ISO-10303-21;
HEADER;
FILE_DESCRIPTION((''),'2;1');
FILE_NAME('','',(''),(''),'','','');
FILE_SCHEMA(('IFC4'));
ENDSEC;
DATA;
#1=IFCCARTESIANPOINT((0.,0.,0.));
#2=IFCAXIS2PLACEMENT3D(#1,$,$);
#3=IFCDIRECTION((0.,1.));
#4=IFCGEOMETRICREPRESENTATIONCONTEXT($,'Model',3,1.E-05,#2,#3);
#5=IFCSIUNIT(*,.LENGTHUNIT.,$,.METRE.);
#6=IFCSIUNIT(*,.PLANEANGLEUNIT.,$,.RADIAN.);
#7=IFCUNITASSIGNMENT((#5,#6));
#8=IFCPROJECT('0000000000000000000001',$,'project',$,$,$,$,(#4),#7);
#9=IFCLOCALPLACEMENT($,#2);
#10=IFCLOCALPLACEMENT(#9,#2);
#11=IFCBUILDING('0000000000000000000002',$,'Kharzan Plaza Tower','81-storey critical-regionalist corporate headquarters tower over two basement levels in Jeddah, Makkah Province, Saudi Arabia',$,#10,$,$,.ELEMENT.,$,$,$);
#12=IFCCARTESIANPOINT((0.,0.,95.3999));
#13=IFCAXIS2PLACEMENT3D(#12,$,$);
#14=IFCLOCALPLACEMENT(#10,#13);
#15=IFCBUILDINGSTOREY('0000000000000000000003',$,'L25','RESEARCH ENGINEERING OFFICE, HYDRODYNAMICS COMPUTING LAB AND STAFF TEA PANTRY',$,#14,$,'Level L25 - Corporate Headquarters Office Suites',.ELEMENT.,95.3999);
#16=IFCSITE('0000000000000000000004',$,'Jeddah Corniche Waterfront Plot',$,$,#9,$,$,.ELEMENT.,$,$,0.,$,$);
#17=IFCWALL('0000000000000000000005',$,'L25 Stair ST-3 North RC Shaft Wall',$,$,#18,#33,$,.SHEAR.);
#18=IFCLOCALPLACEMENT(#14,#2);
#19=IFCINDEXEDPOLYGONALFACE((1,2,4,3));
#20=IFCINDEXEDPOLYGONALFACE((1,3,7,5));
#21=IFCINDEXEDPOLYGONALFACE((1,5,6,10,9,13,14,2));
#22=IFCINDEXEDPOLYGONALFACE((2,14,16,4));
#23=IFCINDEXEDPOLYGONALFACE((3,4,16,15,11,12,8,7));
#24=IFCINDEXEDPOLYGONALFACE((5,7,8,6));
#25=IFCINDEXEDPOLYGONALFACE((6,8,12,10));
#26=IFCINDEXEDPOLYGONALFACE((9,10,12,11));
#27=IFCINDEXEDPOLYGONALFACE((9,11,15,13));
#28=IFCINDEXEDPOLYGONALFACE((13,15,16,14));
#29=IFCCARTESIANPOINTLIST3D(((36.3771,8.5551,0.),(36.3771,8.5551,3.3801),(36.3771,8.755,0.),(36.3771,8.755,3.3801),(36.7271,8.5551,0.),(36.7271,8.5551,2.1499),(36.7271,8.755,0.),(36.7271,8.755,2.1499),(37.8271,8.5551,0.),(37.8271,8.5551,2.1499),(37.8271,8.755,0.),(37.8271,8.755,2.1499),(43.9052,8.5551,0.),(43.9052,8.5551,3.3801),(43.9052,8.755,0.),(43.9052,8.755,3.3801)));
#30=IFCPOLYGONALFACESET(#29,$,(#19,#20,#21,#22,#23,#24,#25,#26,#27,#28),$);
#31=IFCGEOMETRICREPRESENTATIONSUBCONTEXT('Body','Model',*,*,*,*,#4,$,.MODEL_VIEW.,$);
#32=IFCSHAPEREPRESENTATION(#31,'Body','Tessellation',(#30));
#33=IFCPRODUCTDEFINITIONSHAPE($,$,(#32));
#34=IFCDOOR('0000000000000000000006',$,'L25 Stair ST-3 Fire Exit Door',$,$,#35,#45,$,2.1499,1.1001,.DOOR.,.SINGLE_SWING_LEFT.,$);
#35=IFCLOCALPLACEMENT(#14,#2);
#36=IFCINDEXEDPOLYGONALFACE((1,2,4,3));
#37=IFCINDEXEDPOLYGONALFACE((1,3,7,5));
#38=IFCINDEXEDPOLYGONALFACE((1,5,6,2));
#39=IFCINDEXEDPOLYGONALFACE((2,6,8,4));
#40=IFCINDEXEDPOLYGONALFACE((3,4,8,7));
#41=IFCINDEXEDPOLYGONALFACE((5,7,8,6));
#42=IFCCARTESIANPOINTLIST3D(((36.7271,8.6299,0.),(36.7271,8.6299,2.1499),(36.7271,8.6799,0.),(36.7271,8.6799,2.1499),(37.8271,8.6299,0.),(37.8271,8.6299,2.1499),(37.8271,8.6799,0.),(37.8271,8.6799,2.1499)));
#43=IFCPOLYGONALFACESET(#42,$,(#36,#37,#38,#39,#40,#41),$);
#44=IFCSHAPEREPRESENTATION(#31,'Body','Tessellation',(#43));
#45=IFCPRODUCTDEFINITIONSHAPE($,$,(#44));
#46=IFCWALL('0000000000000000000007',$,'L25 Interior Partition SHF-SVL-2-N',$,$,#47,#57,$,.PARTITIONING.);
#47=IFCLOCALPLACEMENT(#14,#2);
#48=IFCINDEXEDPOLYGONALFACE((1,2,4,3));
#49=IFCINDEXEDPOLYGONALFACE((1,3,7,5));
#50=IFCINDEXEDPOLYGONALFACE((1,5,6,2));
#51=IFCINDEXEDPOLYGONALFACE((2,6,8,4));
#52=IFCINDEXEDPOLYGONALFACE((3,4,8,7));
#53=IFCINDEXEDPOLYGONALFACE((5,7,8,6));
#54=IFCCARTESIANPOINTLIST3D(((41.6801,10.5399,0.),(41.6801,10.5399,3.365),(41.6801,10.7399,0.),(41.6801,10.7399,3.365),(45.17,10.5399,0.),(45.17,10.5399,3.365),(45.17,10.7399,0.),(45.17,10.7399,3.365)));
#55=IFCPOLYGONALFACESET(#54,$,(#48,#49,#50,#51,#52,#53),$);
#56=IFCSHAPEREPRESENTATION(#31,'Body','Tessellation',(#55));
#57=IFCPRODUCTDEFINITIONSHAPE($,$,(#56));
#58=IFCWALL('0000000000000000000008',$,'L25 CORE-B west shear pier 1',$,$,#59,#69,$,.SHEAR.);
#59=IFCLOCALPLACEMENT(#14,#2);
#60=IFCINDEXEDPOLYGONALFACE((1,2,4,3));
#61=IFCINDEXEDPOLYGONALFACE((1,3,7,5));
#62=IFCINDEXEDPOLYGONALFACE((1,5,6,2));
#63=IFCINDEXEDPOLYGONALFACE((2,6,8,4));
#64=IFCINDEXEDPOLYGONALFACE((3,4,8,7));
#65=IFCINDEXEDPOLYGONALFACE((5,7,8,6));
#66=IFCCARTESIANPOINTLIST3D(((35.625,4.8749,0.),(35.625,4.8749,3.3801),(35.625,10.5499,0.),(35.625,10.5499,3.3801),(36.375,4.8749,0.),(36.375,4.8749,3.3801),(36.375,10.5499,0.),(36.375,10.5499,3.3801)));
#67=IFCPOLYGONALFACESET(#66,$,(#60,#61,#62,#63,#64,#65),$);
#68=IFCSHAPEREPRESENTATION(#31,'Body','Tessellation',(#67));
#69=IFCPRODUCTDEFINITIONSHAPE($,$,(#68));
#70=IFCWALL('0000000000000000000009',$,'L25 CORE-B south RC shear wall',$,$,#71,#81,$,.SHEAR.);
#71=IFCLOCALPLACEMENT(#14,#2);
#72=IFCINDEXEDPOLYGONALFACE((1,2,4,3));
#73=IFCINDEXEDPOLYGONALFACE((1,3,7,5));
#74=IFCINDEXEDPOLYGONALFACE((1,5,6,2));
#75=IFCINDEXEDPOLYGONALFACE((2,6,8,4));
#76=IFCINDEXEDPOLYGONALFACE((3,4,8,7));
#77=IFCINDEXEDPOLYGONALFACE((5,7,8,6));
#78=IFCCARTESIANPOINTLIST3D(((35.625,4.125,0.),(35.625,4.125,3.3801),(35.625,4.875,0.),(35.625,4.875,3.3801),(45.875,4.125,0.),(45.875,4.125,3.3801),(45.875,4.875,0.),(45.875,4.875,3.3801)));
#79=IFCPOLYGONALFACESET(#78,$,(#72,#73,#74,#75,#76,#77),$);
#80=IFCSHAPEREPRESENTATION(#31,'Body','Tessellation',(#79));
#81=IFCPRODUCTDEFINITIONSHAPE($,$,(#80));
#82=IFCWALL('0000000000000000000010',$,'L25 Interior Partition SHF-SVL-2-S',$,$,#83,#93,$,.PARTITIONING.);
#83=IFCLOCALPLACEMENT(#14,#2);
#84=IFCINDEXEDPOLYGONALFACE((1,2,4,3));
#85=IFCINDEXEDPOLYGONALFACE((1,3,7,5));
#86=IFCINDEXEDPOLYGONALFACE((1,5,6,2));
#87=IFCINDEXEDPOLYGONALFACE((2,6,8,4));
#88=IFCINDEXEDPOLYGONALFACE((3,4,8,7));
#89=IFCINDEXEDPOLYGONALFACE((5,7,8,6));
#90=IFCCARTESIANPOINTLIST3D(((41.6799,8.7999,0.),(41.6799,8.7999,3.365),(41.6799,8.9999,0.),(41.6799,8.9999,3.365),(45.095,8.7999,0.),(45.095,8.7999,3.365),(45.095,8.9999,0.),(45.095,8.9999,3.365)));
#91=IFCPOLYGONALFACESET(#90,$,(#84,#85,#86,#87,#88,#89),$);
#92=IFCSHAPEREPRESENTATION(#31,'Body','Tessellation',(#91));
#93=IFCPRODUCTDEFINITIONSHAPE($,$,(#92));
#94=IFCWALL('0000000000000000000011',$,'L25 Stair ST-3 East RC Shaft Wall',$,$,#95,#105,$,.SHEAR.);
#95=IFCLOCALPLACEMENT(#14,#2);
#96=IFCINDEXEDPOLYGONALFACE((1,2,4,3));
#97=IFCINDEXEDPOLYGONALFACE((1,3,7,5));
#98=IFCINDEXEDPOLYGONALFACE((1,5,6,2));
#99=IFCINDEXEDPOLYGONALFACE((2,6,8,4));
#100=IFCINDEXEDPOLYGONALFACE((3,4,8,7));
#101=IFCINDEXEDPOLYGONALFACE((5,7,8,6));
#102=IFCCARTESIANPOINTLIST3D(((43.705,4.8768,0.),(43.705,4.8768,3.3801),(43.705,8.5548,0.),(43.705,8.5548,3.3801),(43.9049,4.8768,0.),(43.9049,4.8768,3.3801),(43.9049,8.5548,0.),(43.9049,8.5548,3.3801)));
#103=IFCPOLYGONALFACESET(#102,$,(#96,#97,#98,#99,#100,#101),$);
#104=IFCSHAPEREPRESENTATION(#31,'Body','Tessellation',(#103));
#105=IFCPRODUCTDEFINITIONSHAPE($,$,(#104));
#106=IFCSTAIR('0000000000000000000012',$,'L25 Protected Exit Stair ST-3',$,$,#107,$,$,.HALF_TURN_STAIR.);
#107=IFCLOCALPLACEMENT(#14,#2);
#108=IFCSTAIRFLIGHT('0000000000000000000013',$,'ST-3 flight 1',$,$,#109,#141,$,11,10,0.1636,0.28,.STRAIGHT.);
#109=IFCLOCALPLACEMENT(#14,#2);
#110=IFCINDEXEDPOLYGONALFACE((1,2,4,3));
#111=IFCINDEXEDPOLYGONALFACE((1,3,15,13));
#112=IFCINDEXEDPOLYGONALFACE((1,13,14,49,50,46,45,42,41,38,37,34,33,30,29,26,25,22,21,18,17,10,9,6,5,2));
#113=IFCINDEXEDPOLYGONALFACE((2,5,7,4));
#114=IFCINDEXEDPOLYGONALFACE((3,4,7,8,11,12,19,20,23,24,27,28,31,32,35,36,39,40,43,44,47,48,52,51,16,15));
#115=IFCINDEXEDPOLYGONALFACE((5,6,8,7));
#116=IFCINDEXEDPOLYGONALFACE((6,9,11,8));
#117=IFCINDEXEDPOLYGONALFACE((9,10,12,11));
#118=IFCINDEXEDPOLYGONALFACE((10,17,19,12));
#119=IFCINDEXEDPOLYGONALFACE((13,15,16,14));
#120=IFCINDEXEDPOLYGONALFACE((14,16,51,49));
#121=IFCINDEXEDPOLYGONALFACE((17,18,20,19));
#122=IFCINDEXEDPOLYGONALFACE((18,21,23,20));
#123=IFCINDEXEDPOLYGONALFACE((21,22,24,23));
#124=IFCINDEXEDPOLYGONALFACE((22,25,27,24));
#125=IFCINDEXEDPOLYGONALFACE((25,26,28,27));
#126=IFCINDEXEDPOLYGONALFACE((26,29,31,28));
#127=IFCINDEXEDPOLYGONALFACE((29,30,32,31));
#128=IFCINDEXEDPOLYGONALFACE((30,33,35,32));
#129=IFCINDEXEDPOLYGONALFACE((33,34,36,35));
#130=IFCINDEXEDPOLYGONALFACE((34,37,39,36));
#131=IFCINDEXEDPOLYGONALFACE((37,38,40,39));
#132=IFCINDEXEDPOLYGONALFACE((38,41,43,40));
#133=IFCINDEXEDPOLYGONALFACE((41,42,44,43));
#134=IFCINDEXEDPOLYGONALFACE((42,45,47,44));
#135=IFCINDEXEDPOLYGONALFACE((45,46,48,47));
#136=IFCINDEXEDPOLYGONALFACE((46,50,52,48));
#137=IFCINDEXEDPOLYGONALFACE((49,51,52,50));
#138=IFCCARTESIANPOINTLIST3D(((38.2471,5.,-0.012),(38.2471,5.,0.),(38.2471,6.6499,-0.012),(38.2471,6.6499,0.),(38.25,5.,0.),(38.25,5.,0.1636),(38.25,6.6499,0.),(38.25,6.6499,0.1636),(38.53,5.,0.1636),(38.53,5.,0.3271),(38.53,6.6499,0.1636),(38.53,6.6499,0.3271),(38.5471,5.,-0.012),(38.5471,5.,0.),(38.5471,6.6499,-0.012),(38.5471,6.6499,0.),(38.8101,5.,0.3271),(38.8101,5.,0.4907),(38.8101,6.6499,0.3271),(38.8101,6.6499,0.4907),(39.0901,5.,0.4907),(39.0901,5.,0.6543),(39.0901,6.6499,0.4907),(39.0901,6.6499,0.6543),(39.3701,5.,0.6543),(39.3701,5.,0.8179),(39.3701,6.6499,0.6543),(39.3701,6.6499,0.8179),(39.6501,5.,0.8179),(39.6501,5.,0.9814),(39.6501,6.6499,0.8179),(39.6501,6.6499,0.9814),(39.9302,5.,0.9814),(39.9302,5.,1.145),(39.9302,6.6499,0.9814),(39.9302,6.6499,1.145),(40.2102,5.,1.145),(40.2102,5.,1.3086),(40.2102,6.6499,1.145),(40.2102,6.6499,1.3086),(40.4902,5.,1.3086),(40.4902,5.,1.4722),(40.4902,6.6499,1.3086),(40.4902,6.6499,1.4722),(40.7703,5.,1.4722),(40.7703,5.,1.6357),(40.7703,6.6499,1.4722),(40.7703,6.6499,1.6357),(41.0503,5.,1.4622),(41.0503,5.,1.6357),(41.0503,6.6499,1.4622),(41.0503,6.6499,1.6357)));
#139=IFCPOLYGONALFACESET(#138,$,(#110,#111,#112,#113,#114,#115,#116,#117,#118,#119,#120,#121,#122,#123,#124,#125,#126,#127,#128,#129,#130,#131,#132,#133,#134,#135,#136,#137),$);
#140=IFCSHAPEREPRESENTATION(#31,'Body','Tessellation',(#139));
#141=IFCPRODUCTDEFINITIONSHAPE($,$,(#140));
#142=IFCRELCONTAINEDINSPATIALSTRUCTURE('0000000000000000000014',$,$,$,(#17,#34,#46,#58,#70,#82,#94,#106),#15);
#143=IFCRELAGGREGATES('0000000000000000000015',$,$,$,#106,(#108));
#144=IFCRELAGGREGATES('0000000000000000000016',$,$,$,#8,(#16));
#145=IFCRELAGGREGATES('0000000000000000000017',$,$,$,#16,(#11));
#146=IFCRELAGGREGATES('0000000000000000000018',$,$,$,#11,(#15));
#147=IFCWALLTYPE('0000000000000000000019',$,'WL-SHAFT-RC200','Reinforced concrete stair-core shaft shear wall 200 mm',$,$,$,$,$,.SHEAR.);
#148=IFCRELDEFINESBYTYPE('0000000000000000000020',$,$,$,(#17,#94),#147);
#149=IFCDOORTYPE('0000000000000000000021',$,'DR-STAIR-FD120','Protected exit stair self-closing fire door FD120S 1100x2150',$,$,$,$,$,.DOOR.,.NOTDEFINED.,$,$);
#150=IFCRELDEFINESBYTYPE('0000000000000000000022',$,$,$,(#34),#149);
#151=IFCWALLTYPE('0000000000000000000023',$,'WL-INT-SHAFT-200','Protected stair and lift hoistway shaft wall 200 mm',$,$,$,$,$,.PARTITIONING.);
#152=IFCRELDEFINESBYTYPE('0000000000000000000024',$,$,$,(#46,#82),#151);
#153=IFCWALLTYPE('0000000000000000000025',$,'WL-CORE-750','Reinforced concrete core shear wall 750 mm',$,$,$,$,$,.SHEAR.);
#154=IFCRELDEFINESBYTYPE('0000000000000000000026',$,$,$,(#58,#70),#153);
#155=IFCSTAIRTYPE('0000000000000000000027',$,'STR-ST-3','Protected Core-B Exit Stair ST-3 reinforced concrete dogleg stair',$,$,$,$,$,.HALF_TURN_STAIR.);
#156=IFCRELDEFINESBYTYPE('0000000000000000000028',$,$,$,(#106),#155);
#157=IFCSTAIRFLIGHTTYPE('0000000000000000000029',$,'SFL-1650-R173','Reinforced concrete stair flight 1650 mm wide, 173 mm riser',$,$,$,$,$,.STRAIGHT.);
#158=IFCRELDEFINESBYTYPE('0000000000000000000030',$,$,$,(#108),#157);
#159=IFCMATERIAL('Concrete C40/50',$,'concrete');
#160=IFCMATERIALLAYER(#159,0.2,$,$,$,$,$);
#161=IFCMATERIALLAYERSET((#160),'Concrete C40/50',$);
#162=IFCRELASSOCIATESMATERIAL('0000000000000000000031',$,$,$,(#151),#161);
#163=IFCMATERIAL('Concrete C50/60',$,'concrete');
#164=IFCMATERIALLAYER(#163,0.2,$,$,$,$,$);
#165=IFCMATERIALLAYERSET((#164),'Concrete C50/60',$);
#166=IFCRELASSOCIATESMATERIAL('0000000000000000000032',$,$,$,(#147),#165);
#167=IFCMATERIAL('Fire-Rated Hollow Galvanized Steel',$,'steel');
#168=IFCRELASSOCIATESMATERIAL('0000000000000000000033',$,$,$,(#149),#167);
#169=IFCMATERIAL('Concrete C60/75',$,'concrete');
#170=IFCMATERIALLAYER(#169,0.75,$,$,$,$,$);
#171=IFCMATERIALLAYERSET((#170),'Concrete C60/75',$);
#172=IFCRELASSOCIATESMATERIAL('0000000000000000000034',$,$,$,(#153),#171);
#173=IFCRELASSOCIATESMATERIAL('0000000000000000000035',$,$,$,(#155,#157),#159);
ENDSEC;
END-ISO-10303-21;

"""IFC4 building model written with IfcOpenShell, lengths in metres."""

from ifc_helpers import new_model, si_unit, direction, frame, frame_2d, origin, place, context, subcontext, project, spatial, polyline, rectangle, outline, extrude, source, transform, mapped, material, layer, layer_set, type_object, element, fill, aggregate, save


model = new_model("IFC4")

# Units and contexts
model_context = context("Model", 3, precision=1e-05, world=origin(), true_north=direction((0.0, 1.0)))
body_context = subcontext(model_context, "Body", "Model", "MODEL_VIEW")
ifc_project = project(units=[si_unit("LENGTHUNIT", "METRE"), si_unit("PLANEANGLEUNIT", "RADIAN")], contexts=[model_context])

# Site, building, storey
site_placement = place(None, origin())
site = spatial("IfcSite", under=ifc_project, at=site_placement, Name="Jeddah Corniche Waterfront Plot", CompositionType="ELEMENT", RefElevation=0.0)
building_placement = place(site_placement, origin())
building = spatial("IfcBuilding", under=site, at=building_placement, Name="Kharzan Plaza Tower", Description="81-storey critical-regionalist corporate headquarters tower over two basement levels in Jeddah, Makkah Province, Saudi Arabia", CompositionType="ELEMENT")
storey_placement = place(building_placement, frame((0.0, 0.0, 95.3999)))
storey = spatial("IfcBuildingStorey", under=building, at=storey_placement, Name="L25", Description="RESEARCH ENGINEERING OFFICE, HYDRODYNAMICS COMPUTING LAB AND STAFF TEA PANTRY", LongName="Level L25 - Corporate Headquarters Office Suites", CompositionType="ELEMENT", Elevation=95.3999)

# Shared definitions
ifc_material_1 = material(Name="Concrete C60/75", Category="concrete")

# Shared definitions
ifc_material_2 = material(Name="Concrete C40/50", Category="concrete")

# Wall, opening, door
ifc_layer_1 = layer(ifc_material_2, 0.2)
ifc_layer_set_1 = layer_set([ifc_layer_1], Name="Concrete C40/50")
wall_type_1 = type_object("IfcWallType", Name="WL-INT-SHAFT-200", Description="Protected stair and lift hoistway shaft wall 200 mm", PredefinedType="PARTITIONING", material=ifc_layer_set_1)
ifc_material_3 = material(Name="Concrete C50/60", Category="concrete")
ifc_layer_2 = layer(ifc_material_3, 0.2)
ifc_layer_set_2 = layer_set([ifc_layer_2], Name="Concrete C50/60")
wall_type_2 = type_object("IfcWallType", Name="WL-SHAFT-RC200", Description="Reinforced concrete stair-core shaft shear wall 200 mm", PredefinedType="SHEAR", material=ifc_layer_set_2)
wall_1_placement = place(storey_placement, frame((36.377, 8.655, 0.0), z_axis=(0.0, 0.0, 1.0), x_axis=(1.0, 0.0, 0.0)))
wall_1 = element("IfcWall", 1, at=wall_1_placement, inside=storey, type_object=wall_type_2, Name="L25 Stair ST-3 North RC Shaft Wall", PredefinedType="SHEAR", context=body_context, shape_type="SweptSolid", body=[
    extrude(rectangle(XDim=7.5281, YDim=0.2, at=frame_2d((3.7642, 0.0))), origin(), (0.0, 0.0, 1.0), 3.3801),
])
opening_1_placement = place(wall_1_placement, frame((0.3501, 0.0, 0.0)))
opening_1 = element("IfcOpeningElement", 2, at=opening_1_placement, cuts=wall_1, PredefinedType="OPENING", context=body_context, shape_type="SweptSolid", body=[
    extrude(rectangle(XDim=1.1001, YDim=2.1499, at=frame_2d((0.55, 1.075))), frame((0.0, 0.1099, 0.0), z_axis=(0.0, -1.0, 0.0), x_axis=(1.0, 0.0, 0.0)), (0.0, 0.0, 1.0), 0.22),
])
ifc_material_4 = material(Name="Fire-Rated Hollow Galvanized Steel", Category="steel")
door_type_1 = type_object("IfcDoorType", Name="DR-STAIR-FD120", Description="Protected exit stair self-closing fire door FD120S 1100x2150", OperationType="NOTDEFINED", PredefinedType="DOOR", material=ifc_material_4)
shared_shape_1 = source(origin(), body_context, "Body", "SweptSolid", [
    extrude(rectangle(XDim=1.1001, YDim=2.1499, at=frame_2d((0.55, 1.075))), frame((0.0, 0.0249, 0.0), z_axis=(0.0, -1.0, 0.0), x_axis=(1.0, 0.0, 0.0)), (0.0, 0.0, 1.0), 0.05),
])
door_1_placement = place(opening_1_placement, origin())
door_1 = element("IfcDoor", 3, at=door_1_placement, inside=storey, type_object=door_type_1, Name="L25 Stair ST-3 Fire Exit Door", OperationType="SINGLE_SWING_LEFT", OverallHeight=2.1499, OverallWidth=1.1001, PredefinedType="DOOR", context=body_context, shape_type="MappedRepresentation", body=[
    mapped(shared_shape_1, transform((0.0, 0.0, 0.0), x_axis=(1.0, 0.0, 0.0), y_axis=(0.0, 1.0, 0.0), z_axis=(0.0, 0.0, 1.0))),
])
fill(opening_1, door_1)

# Walls
shared_shape_2 = source(origin(), body_context, "Body", "SweptSolid", [
    extrude(rectangle(XDim=3.49, YDim=0.2, at=frame_2d((1.7451, 0.0))), origin(), (0.0, 0.0, 1.0), 3.365),
])
wall_2_placement = place(storey_placement, frame((41.6799, 10.6399, 0.0), z_axis=(0.0, 0.0, 1.0), x_axis=(1.0, 0.0, 0.0)))
element("IfcWall", 4, at=wall_2_placement, inside=storey, type_object=wall_type_1, Name="L25 Interior Partition SHF-SVL-2-N", PredefinedType="PARTITIONING", context=body_context, shape_type="MappedRepresentation", body=[
    mapped(shared_shape_2, transform((0.0, 0.0, 0.0), x_axis=(1.0, 0.0, 0.0), y_axis=(0.0, 1.0, 0.0), z_axis=(0.0, 0.0, 1.0))),
])
ifc_layer_3 = layer(ifc_material_1, 0.75)
ifc_layer_set_3 = layer_set([ifc_layer_3], Name="Concrete C60/75")
wall_type_3 = type_object("IfcWallType", Name="WL-CORE-750", Description="Reinforced concrete core shear wall 750 mm", PredefinedType="SHEAR", material=ifc_layer_set_3)
shared_shape_3 = source(origin(), body_context, "Body", "SweptSolid", [
    extrude(rectangle(XDim=5.675, YDim=0.75, at=frame_2d((2.8374, 0.0))), origin(), (0.0, 0.0, 1.0), 3.3801),
])
wall_3_placement = place(storey_placement, frame((36.0, 4.875, 0.0), z_axis=(0.0, 0.0, 1.0), x_axis=(0.0, 1.0, 0.0)))
element("IfcWall", 5, at=wall_3_placement, inside=storey, type_object=wall_type_3, Name="L25 CORE-B west shear pier 1", PredefinedType="SHEAR", context=body_context, shape_type="MappedRepresentation", body=[
    mapped(shared_shape_3, transform((0.0, 0.0, 0.0), x_axis=(1.0, 0.0, 0.0), y_axis=(0.0, 1.0, 0.0), z_axis=(0.0, 0.0, 1.0))),
])
shared_shape_4 = source(origin(), body_context, "Body", "SweptSolid", [
    extrude(rectangle(XDim=10.25, YDim=0.75, at=frame_2d((5.125, 0.0))), origin(), (0.0, 0.0, 1.0), 3.3801),
])
wall_4_placement = place(storey_placement, frame((35.625, 4.5, 0.0), z_axis=(0.0, 0.0, 1.0), x_axis=(1.0, 0.0, 0.0)))
element("IfcWall", 6, at=wall_4_placement, inside=storey, type_object=wall_type_3, Name="L25 CORE-B south RC shear wall", PredefinedType="SHEAR", context=body_context, shape_type="MappedRepresentation", body=[
    mapped(shared_shape_4, transform((0.0, 0.0, 0.0), x_axis=(1.0, 0.0, 0.0), y_axis=(0.0, 1.0, 0.0), z_axis=(0.0, 0.0, 1.0))),
])
shared_shape_5 = source(origin(), body_context, "Body", "SweptSolid", [
    extrude(rectangle(XDim=3.415, YDim=0.2, at=frame_2d((1.7075, 0.0))), origin(), (0.0, 0.0, 1.0), 3.365),
])
wall_5_placement = place(storey_placement, frame((41.6799, 8.8999, 0.0), z_axis=(0.0, 0.0, 1.0), x_axis=(1.0, 0.0, 0.0)))
element("IfcWall", 7, at=wall_5_placement, inside=storey, type_object=wall_type_1, Name="L25 Interior Partition SHF-SVL-2-S", PredefinedType="PARTITIONING", context=body_context, shape_type="MappedRepresentation", body=[
    mapped(shared_shape_5, transform((0.0, 0.0, 0.0), x_axis=(1.0, 0.0, 0.0), y_axis=(0.0, 1.0, 0.0), z_axis=(0.0, 0.0, 1.0))),
])
shared_shape_6 = source(origin(), body_context, "Body", "SweptSolid", [
    extrude(rectangle(XDim=3.678, YDim=0.2, at=frame_2d((1.8389, 0.0))), origin(), (0.0, 0.0, 1.0), 3.3801),
])
wall_6_placement = place(storey_placement, frame((43.8049, 4.877, 0.0), z_axis=(0.0, 0.0, 1.0), x_axis=(0.0, 1.0, 0.0)))
element("IfcWall", 8, at=wall_6_placement, inside=storey, type_object=wall_type_2, Name="L25 Stair ST-3 East RC Shaft Wall", PredefinedType="SHEAR", context=body_context, shape_type="MappedRepresentation", body=[
    mapped(shared_shape_6, transform((0.0, 0.0, 0.0), x_axis=(1.0, 0.0, 0.0), y_axis=(0.0, 1.0, 0.0), z_axis=(0.0, 0.0, 1.0))),
])

# Stair, stair flight
stair_type = type_object("IfcStairType", Name="STR-ST-3", Description="Protected Core-B Exit Stair ST-3 reinforced concrete dogleg stair", PredefinedType="HALF_TURN_STAIR", material=ifc_material_2)
stair_placement = place(storey_placement, origin())
stair = element("IfcStair", 9, at=stair_placement, inside=storey, type_object=stair_type, Name="L25 Protected Exit Stair ST-3", PredefinedType="HALF_TURN_STAIR")
stair_flight_type = type_object("IfcStairFlightType", Name="SFL-1650-R173", Description="Reinforced concrete stair flight 1650 mm wide, 173 mm riser", PredefinedType="STRAIGHT", material=ifc_material_2)
shared_shape_7 = source(origin(), body_context, "Body", "SweptSolid", [
    extrude(outline(polyline([(-0.0029, -0.012), (-0.0029, 0.0), (0.0, 0.0), (0.0, 0.1636), (0.28, 0.1636), (0.28, 0.3271), (0.5601, 0.3271), (0.5601, 0.4907), (0.8401, 0.4907), (0.8401, 0.6543), (1.1201, 0.6543), (1.1201, 0.8179), (1.4001, 0.8179), (1.4001, 0.9814), (1.6802, 0.9814), (1.6802, 1.145), (1.9602, 1.145), (1.9602, 1.3086), (2.2402, 1.3086), (2.2402, 1.4722), (2.5203, 1.4722), (2.5203, 1.6357), (2.8003, 1.6357), (2.8003, 1.7993), (2.8003, 1.4622), (0.2971, 0.0), (0.2971, -0.012), (-0.0029, -0.012)])), frame((0.0, 0.825, 0.0), z_axis=(0.0, -1.0, 0.0), x_axis=(1.0, 0.0, 0.0)), (0.0, 0.0, 1.0), 1.6499),
])
stair_flight_1_placement = place(storey_placement, frame((38.25, 5.825, 0.0), z_axis=(0.0, 0.0, 1.0), x_axis=(1.0, 0.0, 0.0)))
stair_flight_1 = element("IfcStairFlight", 10, at=stair_flight_1_placement, type_object=stair_flight_type, Name="ST-3 flight 1", NumberOfRisers=11, NumberOfTreads=10, PredefinedType="STRAIGHT", RiserHeight=0.1636, TreadLength=0.28, context=body_context, shape_type="MappedRepresentation", body=[
    mapped(shared_shape_7, transform((0.0, 0.0, 0.0), x_axis=(1.0, 0.0, 0.0), y_axis=(0.0, 1.0, 0.0), z_axis=(0.0, 0.0, 1.0))),
])
aggregate(stair, [stair_flight_1])

save(model, "model.ifc")
